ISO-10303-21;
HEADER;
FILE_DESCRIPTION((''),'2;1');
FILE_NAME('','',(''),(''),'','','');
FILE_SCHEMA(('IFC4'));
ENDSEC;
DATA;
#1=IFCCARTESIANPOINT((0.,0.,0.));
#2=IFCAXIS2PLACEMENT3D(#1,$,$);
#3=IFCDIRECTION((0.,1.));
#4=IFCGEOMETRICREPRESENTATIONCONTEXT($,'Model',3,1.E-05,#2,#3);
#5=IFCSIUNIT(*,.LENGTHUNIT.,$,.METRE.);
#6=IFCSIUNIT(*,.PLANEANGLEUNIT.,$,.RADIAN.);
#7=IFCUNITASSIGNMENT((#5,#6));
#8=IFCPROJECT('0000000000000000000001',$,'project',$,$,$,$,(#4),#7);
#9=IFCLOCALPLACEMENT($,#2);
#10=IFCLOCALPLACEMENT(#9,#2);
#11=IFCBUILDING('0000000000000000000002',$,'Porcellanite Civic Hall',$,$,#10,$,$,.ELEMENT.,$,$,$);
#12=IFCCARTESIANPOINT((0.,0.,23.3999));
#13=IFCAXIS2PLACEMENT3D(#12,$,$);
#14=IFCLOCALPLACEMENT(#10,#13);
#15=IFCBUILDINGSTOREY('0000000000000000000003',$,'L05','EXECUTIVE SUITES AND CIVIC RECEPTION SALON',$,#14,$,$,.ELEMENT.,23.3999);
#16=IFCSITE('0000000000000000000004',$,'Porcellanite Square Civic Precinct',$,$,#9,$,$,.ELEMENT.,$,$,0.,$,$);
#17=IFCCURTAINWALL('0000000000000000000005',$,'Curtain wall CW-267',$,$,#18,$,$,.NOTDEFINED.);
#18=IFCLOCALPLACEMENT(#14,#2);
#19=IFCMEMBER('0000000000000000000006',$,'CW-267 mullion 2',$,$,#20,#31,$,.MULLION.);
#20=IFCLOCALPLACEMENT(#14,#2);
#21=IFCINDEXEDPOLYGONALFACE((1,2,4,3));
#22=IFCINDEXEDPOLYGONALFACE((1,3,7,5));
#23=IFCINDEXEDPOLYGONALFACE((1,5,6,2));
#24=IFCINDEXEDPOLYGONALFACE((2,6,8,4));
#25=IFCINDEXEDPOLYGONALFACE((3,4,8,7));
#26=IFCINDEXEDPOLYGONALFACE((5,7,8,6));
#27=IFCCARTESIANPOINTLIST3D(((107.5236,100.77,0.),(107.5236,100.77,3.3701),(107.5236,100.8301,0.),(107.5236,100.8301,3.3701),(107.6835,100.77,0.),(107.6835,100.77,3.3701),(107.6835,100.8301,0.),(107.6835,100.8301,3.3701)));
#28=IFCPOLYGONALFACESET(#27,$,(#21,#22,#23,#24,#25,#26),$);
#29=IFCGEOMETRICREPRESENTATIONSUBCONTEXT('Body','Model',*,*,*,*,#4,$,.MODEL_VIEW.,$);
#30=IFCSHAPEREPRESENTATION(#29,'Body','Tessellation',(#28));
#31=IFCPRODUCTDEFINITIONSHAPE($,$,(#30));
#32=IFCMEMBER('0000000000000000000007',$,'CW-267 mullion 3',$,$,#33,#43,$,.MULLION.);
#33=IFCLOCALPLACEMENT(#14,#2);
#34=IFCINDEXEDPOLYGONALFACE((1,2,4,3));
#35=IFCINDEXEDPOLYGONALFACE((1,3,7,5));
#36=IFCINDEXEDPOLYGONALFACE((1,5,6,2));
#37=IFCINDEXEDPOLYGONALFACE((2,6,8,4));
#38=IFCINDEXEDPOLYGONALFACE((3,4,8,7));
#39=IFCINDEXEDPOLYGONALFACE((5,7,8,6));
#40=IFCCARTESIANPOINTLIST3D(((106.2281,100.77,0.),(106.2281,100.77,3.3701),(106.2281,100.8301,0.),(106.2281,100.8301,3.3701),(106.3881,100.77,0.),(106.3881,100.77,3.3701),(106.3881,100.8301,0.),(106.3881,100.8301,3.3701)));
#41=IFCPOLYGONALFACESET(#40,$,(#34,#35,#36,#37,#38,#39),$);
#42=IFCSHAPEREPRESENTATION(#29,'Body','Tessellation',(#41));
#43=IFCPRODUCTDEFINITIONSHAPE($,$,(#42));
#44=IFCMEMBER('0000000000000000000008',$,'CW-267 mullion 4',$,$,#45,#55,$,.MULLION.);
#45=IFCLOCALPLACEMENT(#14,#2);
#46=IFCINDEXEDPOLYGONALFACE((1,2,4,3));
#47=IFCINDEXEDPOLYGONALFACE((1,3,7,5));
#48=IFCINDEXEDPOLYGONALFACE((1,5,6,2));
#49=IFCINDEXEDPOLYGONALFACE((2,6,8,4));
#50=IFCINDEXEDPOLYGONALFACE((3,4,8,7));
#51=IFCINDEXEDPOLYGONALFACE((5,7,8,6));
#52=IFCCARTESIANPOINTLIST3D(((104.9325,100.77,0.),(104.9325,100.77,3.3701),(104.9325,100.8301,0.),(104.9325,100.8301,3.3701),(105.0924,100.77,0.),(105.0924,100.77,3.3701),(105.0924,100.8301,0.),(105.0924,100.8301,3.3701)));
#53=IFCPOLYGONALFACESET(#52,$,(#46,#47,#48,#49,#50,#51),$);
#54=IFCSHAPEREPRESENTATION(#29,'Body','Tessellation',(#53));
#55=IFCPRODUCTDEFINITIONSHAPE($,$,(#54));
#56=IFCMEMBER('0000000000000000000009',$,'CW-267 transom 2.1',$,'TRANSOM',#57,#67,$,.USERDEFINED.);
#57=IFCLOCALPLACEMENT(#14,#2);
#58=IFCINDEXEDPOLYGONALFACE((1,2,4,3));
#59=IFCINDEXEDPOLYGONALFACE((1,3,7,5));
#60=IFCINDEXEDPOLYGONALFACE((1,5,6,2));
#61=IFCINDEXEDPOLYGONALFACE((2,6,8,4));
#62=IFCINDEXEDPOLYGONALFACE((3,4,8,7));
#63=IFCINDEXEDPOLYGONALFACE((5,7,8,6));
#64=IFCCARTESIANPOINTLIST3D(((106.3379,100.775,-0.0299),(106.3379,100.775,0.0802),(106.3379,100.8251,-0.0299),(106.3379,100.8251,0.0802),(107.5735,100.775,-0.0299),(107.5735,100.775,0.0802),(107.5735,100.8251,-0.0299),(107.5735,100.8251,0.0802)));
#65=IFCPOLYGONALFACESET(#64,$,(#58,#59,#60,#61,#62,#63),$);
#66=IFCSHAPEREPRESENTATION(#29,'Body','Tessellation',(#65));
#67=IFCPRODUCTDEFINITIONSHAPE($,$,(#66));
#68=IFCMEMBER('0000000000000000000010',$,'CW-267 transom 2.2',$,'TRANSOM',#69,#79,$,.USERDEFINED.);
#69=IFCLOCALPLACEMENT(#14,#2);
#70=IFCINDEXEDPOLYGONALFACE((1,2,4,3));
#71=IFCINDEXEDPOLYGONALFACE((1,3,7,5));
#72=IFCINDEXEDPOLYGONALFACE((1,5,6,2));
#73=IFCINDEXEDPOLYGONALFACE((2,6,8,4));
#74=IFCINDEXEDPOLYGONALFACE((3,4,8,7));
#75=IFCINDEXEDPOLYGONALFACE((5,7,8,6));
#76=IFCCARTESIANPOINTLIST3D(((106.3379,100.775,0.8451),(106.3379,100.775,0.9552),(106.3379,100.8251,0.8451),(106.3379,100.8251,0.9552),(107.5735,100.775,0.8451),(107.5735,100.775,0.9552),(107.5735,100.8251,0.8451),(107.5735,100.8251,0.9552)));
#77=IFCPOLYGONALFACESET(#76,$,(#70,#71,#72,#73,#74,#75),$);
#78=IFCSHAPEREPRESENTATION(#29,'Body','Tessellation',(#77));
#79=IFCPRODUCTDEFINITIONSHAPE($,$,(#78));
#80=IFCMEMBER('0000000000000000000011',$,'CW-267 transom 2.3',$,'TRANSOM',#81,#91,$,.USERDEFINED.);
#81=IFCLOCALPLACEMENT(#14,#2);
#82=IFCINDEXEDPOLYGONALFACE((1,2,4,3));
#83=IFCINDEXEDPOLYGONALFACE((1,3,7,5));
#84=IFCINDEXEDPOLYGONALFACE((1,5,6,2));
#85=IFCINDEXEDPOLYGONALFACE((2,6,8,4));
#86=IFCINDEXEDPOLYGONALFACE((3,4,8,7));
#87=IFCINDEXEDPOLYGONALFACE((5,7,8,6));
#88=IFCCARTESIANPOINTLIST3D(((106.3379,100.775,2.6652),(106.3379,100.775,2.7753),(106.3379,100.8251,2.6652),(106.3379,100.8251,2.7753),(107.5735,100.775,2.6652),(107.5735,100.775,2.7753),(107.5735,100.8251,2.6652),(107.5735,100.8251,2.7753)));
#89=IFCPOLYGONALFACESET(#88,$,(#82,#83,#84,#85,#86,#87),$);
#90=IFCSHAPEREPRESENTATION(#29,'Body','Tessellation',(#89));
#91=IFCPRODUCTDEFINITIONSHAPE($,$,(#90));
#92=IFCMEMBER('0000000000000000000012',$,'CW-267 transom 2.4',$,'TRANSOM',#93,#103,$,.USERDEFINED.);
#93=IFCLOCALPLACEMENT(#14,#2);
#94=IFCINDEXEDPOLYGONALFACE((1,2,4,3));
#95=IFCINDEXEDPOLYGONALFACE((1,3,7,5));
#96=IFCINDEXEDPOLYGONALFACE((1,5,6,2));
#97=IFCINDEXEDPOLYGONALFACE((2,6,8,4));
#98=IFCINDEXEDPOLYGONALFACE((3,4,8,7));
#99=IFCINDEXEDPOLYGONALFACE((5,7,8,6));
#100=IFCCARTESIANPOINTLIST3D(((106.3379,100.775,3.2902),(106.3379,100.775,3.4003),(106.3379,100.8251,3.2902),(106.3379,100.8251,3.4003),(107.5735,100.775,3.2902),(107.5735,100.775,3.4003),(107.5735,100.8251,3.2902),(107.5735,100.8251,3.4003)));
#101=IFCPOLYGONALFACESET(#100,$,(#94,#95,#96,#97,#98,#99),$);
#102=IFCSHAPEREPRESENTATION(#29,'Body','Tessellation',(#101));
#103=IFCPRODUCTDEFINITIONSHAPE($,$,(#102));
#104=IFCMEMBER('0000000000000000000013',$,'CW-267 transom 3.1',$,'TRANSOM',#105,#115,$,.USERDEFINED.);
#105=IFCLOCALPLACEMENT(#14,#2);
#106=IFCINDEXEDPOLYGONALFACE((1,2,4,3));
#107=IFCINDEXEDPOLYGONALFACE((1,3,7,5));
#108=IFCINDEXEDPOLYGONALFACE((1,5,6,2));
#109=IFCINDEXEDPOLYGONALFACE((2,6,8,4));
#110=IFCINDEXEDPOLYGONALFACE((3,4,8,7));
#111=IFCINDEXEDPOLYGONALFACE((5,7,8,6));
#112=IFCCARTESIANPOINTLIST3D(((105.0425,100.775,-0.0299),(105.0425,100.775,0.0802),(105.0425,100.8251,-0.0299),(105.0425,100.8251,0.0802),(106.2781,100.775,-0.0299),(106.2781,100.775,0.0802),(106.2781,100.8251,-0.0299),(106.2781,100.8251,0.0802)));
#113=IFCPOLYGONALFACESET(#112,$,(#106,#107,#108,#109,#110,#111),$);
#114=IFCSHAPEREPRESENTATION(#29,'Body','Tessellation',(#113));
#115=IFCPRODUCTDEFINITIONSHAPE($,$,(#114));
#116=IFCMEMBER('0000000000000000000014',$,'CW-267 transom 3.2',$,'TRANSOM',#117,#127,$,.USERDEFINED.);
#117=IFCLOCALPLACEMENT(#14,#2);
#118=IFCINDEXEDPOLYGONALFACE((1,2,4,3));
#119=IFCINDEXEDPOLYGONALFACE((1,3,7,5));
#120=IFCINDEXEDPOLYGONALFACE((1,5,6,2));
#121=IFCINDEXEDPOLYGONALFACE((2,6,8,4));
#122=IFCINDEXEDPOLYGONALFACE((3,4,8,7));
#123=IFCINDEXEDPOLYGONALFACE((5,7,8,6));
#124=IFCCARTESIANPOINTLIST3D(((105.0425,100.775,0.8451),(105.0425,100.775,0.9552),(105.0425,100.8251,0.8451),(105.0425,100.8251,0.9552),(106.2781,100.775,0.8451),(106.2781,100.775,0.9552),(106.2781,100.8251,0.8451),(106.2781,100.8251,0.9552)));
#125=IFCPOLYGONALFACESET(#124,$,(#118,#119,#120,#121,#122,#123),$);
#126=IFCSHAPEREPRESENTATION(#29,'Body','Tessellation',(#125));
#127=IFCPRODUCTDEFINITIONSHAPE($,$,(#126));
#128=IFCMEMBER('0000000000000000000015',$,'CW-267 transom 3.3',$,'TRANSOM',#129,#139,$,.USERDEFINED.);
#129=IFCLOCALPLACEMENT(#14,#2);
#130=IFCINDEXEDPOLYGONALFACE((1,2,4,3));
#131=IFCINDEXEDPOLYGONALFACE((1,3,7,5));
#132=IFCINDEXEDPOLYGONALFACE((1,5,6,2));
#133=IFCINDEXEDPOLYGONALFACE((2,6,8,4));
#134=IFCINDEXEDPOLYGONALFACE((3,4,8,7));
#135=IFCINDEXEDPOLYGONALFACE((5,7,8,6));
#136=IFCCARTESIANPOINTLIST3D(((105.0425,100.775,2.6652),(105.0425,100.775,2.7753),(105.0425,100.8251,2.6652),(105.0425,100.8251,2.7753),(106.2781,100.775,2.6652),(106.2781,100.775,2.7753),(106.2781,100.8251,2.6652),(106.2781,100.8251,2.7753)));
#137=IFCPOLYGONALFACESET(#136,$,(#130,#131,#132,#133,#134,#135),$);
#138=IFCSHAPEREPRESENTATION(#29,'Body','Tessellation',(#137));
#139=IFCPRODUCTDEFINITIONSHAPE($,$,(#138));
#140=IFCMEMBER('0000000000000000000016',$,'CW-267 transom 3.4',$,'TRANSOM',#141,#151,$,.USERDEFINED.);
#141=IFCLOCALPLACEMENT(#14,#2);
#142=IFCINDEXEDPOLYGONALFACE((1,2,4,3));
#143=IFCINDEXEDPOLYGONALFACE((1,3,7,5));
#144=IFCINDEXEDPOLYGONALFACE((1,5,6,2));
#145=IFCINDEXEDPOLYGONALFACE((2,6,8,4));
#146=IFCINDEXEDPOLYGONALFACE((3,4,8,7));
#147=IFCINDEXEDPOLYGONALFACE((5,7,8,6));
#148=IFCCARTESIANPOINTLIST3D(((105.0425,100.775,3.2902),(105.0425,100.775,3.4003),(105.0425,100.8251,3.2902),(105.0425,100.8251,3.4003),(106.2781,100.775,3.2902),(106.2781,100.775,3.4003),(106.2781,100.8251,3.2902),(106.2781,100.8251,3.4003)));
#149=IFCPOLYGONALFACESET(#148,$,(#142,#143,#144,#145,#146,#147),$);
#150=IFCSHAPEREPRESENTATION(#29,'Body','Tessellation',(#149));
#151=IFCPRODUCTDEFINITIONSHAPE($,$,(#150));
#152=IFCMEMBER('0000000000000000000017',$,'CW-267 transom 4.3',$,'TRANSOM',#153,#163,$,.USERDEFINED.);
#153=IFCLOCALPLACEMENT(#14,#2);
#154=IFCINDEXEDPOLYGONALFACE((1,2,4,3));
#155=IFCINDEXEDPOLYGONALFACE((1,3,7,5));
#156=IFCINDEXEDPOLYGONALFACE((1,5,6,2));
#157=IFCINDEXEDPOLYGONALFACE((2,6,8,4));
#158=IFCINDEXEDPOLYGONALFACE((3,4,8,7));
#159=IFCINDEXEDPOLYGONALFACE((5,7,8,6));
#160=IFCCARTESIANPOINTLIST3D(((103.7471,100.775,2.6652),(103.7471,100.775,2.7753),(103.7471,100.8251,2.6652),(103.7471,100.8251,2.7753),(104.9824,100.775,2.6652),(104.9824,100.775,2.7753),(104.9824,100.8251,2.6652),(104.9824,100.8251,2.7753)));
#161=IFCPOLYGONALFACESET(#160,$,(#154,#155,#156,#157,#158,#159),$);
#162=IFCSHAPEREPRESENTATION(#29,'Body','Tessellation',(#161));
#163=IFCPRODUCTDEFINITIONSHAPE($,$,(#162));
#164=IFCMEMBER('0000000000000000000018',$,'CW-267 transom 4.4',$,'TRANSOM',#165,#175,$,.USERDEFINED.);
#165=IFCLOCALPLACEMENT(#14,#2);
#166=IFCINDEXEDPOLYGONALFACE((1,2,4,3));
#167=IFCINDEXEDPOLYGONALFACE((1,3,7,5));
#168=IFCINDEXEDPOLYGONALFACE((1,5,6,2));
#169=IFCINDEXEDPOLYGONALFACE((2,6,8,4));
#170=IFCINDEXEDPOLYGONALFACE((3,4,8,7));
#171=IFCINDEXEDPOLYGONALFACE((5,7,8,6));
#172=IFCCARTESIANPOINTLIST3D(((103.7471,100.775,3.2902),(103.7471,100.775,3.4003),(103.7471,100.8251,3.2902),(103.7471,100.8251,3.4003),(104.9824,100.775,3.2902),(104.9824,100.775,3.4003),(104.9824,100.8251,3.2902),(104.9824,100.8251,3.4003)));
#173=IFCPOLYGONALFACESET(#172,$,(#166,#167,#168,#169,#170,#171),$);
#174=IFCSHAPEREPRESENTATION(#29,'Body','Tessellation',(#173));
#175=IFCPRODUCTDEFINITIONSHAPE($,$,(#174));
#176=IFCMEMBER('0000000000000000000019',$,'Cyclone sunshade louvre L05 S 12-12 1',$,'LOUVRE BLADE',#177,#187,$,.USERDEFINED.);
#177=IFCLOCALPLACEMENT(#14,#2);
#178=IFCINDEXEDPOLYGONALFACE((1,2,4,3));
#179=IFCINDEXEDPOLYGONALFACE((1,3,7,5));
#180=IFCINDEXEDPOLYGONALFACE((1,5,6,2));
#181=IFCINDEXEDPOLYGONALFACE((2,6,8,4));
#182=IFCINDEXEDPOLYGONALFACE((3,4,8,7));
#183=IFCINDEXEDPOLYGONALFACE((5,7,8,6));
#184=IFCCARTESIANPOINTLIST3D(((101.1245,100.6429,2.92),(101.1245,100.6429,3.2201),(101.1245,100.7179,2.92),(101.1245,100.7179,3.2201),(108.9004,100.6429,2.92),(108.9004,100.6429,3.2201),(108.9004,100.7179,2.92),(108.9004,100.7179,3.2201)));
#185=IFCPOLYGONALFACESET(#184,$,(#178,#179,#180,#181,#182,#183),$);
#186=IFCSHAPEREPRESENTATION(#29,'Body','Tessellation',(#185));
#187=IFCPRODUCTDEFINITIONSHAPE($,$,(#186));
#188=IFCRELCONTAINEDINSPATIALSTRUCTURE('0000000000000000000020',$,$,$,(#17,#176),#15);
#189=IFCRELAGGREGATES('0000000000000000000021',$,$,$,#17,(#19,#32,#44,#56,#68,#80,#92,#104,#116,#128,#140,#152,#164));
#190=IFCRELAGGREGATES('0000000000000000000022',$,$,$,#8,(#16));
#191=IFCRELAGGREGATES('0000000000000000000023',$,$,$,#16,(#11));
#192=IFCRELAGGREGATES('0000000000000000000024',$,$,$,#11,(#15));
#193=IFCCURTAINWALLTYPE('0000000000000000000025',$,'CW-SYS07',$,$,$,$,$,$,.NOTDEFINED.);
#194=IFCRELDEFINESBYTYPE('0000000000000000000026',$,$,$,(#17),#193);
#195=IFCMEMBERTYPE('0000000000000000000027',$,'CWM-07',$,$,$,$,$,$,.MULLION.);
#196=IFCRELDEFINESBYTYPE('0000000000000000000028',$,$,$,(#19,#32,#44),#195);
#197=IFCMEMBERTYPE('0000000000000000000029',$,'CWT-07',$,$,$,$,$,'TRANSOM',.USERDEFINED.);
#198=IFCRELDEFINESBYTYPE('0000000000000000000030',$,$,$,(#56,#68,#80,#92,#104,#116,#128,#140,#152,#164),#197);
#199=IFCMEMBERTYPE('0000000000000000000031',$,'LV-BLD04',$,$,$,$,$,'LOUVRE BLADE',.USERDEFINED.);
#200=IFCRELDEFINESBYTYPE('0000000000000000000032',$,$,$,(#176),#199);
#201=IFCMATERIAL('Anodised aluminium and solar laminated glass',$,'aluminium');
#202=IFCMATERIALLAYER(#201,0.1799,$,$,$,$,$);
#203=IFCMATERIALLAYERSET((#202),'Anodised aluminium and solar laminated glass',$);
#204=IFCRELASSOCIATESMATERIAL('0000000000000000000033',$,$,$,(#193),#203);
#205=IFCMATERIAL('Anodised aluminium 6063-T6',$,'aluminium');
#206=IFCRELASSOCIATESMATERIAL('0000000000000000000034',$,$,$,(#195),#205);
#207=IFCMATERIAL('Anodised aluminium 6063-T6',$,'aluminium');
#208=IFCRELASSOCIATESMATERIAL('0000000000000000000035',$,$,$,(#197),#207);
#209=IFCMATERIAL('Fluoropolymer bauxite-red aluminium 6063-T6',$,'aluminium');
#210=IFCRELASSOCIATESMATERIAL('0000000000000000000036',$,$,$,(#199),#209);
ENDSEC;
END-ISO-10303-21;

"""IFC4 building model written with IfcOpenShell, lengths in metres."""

from ifc_helpers import new_model, si_unit, direction, frame, origin, origin_2d, place, context, subcontext, project, spatial, rectangle, extrude, material, layer, layer_set, material_profile, profile_set, type_object, element, aggregate, save


model = new_model("IFC4")

# Units and contexts
model_context = context("Model", 3, precision=1e-05, world=origin(), true_north=direction((0.0, 1.0)))
body_context = subcontext(model_context, "Body", "Model", "MODEL_VIEW")
ifc_project = project(units=[si_unit("LENGTHUNIT", "METRE"), si_unit("PLANEANGLEUNIT", "RADIAN")], contexts=[model_context])

# Site, building, storey
site_placement = place(None, origin())
site = spatial("IfcSite", under=ifc_project, at=site_placement, Name="Porcellanite Square Civic Precinct", CompositionType="ELEMENT", RefElevation=0.0)
building_placement = place(site_placement, origin())
building = spatial("IfcBuilding", under=site, at=building_placement, Name="Porcellanite Civic Hall", CompositionType="ELEMENT")
storey_placement = place(building_placement, frame((0.0, 0.0, 23.3999)))
storey = spatial("IfcBuildingStorey", under=building, at=storey_placement, Name="L05", Description="EXECUTIVE SUITES AND CIVIC RECEPTION SALON", CompositionType="ELEMENT", Elevation=23.3999)

# Curtain wall, members
ifc_material_1 = material(Name="Anodised aluminium and solar laminated glass", Category="aluminium")
ifc_layer_1 = layer(ifc_material_1, 0.1799)
ifc_layer_set_1 = layer_set([ifc_layer_1], Name="Anodised aluminium and solar laminated glass")
curtain_wall_type = type_object("IfcCurtainWallType", Name="CW-SYS07", PredefinedType="NOTDEFINED", material=ifc_layer_set_1)
curtain_wall_placement = place(storey_placement, origin())
curtain_wall = element("IfcCurtainWall", 1, at=curtain_wall_placement, inside=storey, type_object=curtain_wall_type, Name="Curtain wall CW-267", PredefinedType="NOTDEFINED")
ifc_material_2 = material(Name="Anodised aluminium 6063-T6", Category="aluminium")
ifc_material_profile_1 = material_profile(ifc_material_2, rectangle(XDim=0.0601, YDim=0.1599, at=origin_2d()), Name="AL-60x160")
ifc_profile_set_1 = profile_set([ifc_material_profile_1], Name="Anodised aluminium 6063-T6")
member_type_1 = type_object("IfcMemberType", Name="CWM-07", PredefinedType="MULLION", material=ifc_profile_set_1)
member_1_placement = place(storey_placement, frame((107.6035, 100.8, 0.0), z_axis=(0.0, 0.0, 1.0), x_axis=(0.0, -1.0, 0.0)))
member_1 = element("IfcMember", 2, at=member_1_placement, type_object=member_type_1, Name="CW-267 mullion 2", PredefinedType="MULLION", context=body_context, shape_type="SweptSolid", body=[
    extrude(rectangle(XDim=0.0601, YDim=0.1599, at=origin_2d()), origin(), (0.0, 0.0, 1.0), 3.3701),
])
member_2_placement = place(storey_placement, frame((106.3081, 100.8, 0.0), z_axis=(0.0, 0.0, 1.0), x_axis=(0.0, -1.0, 0.0)))
member_2 = element("IfcMember", 3, at=member_2_placement, type_object=member_type_1, Name="CW-267 mullion 3", PredefinedType="MULLION", context=body_context, shape_type="SweptSolid", body=[
    extrude(rectangle(XDim=0.0601, YDim=0.1599, at=origin_2d()), origin(), (0.0, 0.0, 1.0), 3.3701),
])
member_3_placement = place(storey_placement, frame((105.0125, 100.8, 0.0), z_axis=(0.0, 0.0, 1.0), x_axis=(0.0, -1.0, 0.0)))
member_3 = element("IfcMember", 4, at=member_3_placement, type_object=member_type_1, Name="CW-267 mullion 4", PredefinedType="MULLION", context=body_context, shape_type="SweptSolid", body=[
    extrude(rectangle(XDim=0.0601, YDim=0.1599, at=origin_2d()), origin(), (0.0, 0.0, 1.0), 3.3701),
])
ifc_material_3 = material(Name="Anodised aluminium 6063-T6", Category="aluminium")
ifc_material_profile_2 = material_profile(ifc_material_3, rectangle(XDim=0.05, YDim=0.1101, at=origin_2d()), Name="AL-50x110")
ifc_profile_set_2 = profile_set([ifc_material_profile_2], Name="Anodised aluminium 6063-T6")
member_type_2 = type_object("IfcMemberType", Name="CWT-07", ElementType="TRANSOM", PredefinedType="USERDEFINED", material=ifc_profile_set_2)
member_4_placement = place(storey_placement, frame((107.5735, 100.8, 0.0251), z_axis=(-1.0, 0.0, 0.0), x_axis=(0.0, -1.0, 0.0)))
member_4 = element("IfcMember", 5, at=member_4_placement, type_object=member_type_2, Name="CW-267 transom 2.1", ObjectType="TRANSOM", PredefinedType="USERDEFINED", context=body_context, shape_type="SweptSolid", body=[
    extrude(rectangle(XDim=0.05, YDim=0.1101, at=origin_2d()), origin(), (0.0, 0.0, 1.0), 1.2356),
])
member_5_placement = place(storey_placement, frame((107.5735, 100.8, 0.9001), z_axis=(-1.0, 0.0, 0.0), x_axis=(0.0, -1.0, 0.0)))
member_5 = element("IfcMember", 6, at=member_5_placement, type_object=member_type_2, Name="CW-267 transom 2.2", ObjectType="TRANSOM", PredefinedType="USERDEFINED", context=body_context, shape_type="SweptSolid", body=[
    extrude(rectangle(XDim=0.05, YDim=0.1101, at=origin_2d()), origin(), (0.0, 0.0, 1.0), 1.2356),
])
member_6_placement = place(storey_placement, frame((107.5735, 100.8, 2.7202), z_axis=(-1.0, 0.0, 0.0), x_axis=(0.0, -1.0, 0.0)))
member_6 = element("IfcMember", 7, at=member_6_placement, type_object=member_type_2, Name="CW-267 transom 2.3", ObjectType="TRANSOM", PredefinedType="USERDEFINED", context=body_context, shape_type="SweptSolid", body=[
    extrude(rectangle(XDim=0.05, YDim=0.1101, at=origin_2d()), origin(), (0.0, 0.0, 1.0), 1.2356),
])
member_7_placement = place(storey_placement, frame((107.5735, 100.8, 3.3452), z_axis=(-1.0, 0.0, 0.0), x_axis=(0.0, -1.0, 0.0)))
member_7 = element("IfcMember", 8, at=member_7_placement, type_object=member_type_2, Name="CW-267 transom 2.4", ObjectType="TRANSOM", PredefinedType="USERDEFINED", context=body_context, shape_type="SweptSolid", body=[
    extrude(rectangle(XDim=0.05, YDim=0.1101, at=origin_2d()), origin(), (0.0, 0.0, 1.0), 1.2356),
])
member_8_placement = place(storey_placement, frame((106.2781, 100.8, 0.0251), z_axis=(-1.0, 0.0, 0.0), x_axis=(0.0, -1.0, 0.0)))
member_8 = element("IfcMember", 9, at=member_8_placement, type_object=member_type_2, Name="CW-267 transom 3.1", ObjectType="TRANSOM", PredefinedType="USERDEFINED", context=body_context, shape_type="SweptSolid", body=[
    extrude(rectangle(XDim=0.05, YDim=0.1101, at=origin_2d()), origin(), (0.0, 0.0, 1.0), 1.2356),
])
member_9_placement = place(storey_placement, frame((106.2781, 100.8, 0.9001), z_axis=(-1.0, 0.0, 0.0), x_axis=(0.0, -1.0, 0.0)))
member_9 = element("IfcMember", 10, at=member_9_placement, type_object=member_type_2, Name="CW-267 transom 3.2", ObjectType="TRANSOM", PredefinedType="USERDEFINED", context=body_context, shape_type="SweptSolid", body=[
    extrude(rectangle(XDim=0.05, YDim=0.1101, at=origin_2d()), origin(), (0.0, 0.0, 1.0), 1.2356),
])
member_10_placement = place(storey_placement, frame((106.2781, 100.8, 2.7202), z_axis=(-1.0, 0.0, 0.0), x_axis=(0.0, -1.0, 0.0)))
member_10 = element("IfcMember", 11, at=member_10_placement, type_object=member_type_2, Name="CW-267 transom 3.3", ObjectType="TRANSOM", PredefinedType="USERDEFINED", context=body_context, shape_type="SweptSolid", body=[
    extrude(rectangle(XDim=0.05, YDim=0.1101, at=origin_2d()), origin(), (0.0, 0.0, 1.0), 1.2356),
])
member_11_placement = place(storey_placement, frame((106.2781, 100.8, 3.3452), z_axis=(-1.0, 0.0, 0.0), x_axis=(0.0, -1.0, 0.0)))
member_11 = element("IfcMember", 12, at=member_11_placement, type_object=member_type_2, Name="CW-267 transom 3.4", ObjectType="TRANSOM", PredefinedType="USERDEFINED", context=body_context, shape_type="SweptSolid", body=[
    extrude(rectangle(XDim=0.05, YDim=0.1101, at=origin_2d()), origin(), (0.0, 0.0, 1.0), 1.2356),
])
member_12_placement = place(storey_placement, frame((104.9824, 100.8, 2.7202), z_axis=(-1.0, 0.0, 0.0), x_axis=(0.0, -1.0, 0.0)))
member_12 = element("IfcMember", 13, at=member_12_placement, type_object=member_type_2, Name="CW-267 transom 4.3", ObjectType="TRANSOM", PredefinedType="USERDEFINED", context=body_context, shape_type="SweptSolid", body=[
    extrude(rectangle(XDim=0.05, YDim=0.1101, at=origin_2d()), origin(), (0.0, 0.0, 1.0), 1.2354),
])
member_13_placement = place(storey_placement, frame((104.9824, 100.8, 3.3452), z_axis=(-1.0, 0.0, 0.0), x_axis=(0.0, -1.0, 0.0)))
member_13 = element("IfcMember", 14, at=member_13_placement, type_object=member_type_2, Name="CW-267 transom 4.4", ObjectType="TRANSOM", PredefinedType="USERDEFINED", context=body_context, shape_type="SweptSolid", body=[
    extrude(rectangle(XDim=0.05, YDim=0.1101, at=origin_2d()), origin(), (0.0, 0.0, 1.0), 1.2354),
])

# Member
ifc_material_4 = material(Name="Fluoropolymer bauxite-red aluminium 6063-T6", Category="aluminium")
ifc_material_profile_3 = material_profile(ifc_material_4, rectangle(XDim=0.075, YDim=0.3, at=origin_2d()), Name="AL-75x300")
ifc_profile_set_3 = profile_set([ifc_material_profile_3], Name="Fluoropolymer bauxite-red aluminium 6063-T6")
member_type_3 = type_object("IfcMemberType", Name="LV-BLD04", ElementType="LOUVRE BLADE", PredefinedType="USERDEFINED", material=ifc_profile_set_3)
for number, where, z_axis, x_axis, name in (
    (15, (108.9004, 100.6804, 3.0701), (-1.0, 0.0, 0.0), (0.0, -1.0, 0.0), "Cyclone sunshade louvre L05 S 12-12 1"),
):
    element("IfcMember", number, at=place(storey_placement, frame(where, z_axis=z_axis, x_axis=x_axis)), inside=storey, type_object=member_type_3, Name=name, ObjectType="LOUVRE BLADE", PredefinedType="USERDEFINED", context=body_context, shape_type="SweptSolid", body=[
        extrude(rectangle(XDim=0.075, YDim=0.3, at=origin_2d()), origin(), (0.0, 0.0, 1.0), 7.7759),
    ])

aggregate(curtain_wall, [member_1, member_2, member_3, member_4, member_5, member_6, member_7, member_8, member_9, member_10, member_11, member_12, member_13])

save(model, "model.ifc")
